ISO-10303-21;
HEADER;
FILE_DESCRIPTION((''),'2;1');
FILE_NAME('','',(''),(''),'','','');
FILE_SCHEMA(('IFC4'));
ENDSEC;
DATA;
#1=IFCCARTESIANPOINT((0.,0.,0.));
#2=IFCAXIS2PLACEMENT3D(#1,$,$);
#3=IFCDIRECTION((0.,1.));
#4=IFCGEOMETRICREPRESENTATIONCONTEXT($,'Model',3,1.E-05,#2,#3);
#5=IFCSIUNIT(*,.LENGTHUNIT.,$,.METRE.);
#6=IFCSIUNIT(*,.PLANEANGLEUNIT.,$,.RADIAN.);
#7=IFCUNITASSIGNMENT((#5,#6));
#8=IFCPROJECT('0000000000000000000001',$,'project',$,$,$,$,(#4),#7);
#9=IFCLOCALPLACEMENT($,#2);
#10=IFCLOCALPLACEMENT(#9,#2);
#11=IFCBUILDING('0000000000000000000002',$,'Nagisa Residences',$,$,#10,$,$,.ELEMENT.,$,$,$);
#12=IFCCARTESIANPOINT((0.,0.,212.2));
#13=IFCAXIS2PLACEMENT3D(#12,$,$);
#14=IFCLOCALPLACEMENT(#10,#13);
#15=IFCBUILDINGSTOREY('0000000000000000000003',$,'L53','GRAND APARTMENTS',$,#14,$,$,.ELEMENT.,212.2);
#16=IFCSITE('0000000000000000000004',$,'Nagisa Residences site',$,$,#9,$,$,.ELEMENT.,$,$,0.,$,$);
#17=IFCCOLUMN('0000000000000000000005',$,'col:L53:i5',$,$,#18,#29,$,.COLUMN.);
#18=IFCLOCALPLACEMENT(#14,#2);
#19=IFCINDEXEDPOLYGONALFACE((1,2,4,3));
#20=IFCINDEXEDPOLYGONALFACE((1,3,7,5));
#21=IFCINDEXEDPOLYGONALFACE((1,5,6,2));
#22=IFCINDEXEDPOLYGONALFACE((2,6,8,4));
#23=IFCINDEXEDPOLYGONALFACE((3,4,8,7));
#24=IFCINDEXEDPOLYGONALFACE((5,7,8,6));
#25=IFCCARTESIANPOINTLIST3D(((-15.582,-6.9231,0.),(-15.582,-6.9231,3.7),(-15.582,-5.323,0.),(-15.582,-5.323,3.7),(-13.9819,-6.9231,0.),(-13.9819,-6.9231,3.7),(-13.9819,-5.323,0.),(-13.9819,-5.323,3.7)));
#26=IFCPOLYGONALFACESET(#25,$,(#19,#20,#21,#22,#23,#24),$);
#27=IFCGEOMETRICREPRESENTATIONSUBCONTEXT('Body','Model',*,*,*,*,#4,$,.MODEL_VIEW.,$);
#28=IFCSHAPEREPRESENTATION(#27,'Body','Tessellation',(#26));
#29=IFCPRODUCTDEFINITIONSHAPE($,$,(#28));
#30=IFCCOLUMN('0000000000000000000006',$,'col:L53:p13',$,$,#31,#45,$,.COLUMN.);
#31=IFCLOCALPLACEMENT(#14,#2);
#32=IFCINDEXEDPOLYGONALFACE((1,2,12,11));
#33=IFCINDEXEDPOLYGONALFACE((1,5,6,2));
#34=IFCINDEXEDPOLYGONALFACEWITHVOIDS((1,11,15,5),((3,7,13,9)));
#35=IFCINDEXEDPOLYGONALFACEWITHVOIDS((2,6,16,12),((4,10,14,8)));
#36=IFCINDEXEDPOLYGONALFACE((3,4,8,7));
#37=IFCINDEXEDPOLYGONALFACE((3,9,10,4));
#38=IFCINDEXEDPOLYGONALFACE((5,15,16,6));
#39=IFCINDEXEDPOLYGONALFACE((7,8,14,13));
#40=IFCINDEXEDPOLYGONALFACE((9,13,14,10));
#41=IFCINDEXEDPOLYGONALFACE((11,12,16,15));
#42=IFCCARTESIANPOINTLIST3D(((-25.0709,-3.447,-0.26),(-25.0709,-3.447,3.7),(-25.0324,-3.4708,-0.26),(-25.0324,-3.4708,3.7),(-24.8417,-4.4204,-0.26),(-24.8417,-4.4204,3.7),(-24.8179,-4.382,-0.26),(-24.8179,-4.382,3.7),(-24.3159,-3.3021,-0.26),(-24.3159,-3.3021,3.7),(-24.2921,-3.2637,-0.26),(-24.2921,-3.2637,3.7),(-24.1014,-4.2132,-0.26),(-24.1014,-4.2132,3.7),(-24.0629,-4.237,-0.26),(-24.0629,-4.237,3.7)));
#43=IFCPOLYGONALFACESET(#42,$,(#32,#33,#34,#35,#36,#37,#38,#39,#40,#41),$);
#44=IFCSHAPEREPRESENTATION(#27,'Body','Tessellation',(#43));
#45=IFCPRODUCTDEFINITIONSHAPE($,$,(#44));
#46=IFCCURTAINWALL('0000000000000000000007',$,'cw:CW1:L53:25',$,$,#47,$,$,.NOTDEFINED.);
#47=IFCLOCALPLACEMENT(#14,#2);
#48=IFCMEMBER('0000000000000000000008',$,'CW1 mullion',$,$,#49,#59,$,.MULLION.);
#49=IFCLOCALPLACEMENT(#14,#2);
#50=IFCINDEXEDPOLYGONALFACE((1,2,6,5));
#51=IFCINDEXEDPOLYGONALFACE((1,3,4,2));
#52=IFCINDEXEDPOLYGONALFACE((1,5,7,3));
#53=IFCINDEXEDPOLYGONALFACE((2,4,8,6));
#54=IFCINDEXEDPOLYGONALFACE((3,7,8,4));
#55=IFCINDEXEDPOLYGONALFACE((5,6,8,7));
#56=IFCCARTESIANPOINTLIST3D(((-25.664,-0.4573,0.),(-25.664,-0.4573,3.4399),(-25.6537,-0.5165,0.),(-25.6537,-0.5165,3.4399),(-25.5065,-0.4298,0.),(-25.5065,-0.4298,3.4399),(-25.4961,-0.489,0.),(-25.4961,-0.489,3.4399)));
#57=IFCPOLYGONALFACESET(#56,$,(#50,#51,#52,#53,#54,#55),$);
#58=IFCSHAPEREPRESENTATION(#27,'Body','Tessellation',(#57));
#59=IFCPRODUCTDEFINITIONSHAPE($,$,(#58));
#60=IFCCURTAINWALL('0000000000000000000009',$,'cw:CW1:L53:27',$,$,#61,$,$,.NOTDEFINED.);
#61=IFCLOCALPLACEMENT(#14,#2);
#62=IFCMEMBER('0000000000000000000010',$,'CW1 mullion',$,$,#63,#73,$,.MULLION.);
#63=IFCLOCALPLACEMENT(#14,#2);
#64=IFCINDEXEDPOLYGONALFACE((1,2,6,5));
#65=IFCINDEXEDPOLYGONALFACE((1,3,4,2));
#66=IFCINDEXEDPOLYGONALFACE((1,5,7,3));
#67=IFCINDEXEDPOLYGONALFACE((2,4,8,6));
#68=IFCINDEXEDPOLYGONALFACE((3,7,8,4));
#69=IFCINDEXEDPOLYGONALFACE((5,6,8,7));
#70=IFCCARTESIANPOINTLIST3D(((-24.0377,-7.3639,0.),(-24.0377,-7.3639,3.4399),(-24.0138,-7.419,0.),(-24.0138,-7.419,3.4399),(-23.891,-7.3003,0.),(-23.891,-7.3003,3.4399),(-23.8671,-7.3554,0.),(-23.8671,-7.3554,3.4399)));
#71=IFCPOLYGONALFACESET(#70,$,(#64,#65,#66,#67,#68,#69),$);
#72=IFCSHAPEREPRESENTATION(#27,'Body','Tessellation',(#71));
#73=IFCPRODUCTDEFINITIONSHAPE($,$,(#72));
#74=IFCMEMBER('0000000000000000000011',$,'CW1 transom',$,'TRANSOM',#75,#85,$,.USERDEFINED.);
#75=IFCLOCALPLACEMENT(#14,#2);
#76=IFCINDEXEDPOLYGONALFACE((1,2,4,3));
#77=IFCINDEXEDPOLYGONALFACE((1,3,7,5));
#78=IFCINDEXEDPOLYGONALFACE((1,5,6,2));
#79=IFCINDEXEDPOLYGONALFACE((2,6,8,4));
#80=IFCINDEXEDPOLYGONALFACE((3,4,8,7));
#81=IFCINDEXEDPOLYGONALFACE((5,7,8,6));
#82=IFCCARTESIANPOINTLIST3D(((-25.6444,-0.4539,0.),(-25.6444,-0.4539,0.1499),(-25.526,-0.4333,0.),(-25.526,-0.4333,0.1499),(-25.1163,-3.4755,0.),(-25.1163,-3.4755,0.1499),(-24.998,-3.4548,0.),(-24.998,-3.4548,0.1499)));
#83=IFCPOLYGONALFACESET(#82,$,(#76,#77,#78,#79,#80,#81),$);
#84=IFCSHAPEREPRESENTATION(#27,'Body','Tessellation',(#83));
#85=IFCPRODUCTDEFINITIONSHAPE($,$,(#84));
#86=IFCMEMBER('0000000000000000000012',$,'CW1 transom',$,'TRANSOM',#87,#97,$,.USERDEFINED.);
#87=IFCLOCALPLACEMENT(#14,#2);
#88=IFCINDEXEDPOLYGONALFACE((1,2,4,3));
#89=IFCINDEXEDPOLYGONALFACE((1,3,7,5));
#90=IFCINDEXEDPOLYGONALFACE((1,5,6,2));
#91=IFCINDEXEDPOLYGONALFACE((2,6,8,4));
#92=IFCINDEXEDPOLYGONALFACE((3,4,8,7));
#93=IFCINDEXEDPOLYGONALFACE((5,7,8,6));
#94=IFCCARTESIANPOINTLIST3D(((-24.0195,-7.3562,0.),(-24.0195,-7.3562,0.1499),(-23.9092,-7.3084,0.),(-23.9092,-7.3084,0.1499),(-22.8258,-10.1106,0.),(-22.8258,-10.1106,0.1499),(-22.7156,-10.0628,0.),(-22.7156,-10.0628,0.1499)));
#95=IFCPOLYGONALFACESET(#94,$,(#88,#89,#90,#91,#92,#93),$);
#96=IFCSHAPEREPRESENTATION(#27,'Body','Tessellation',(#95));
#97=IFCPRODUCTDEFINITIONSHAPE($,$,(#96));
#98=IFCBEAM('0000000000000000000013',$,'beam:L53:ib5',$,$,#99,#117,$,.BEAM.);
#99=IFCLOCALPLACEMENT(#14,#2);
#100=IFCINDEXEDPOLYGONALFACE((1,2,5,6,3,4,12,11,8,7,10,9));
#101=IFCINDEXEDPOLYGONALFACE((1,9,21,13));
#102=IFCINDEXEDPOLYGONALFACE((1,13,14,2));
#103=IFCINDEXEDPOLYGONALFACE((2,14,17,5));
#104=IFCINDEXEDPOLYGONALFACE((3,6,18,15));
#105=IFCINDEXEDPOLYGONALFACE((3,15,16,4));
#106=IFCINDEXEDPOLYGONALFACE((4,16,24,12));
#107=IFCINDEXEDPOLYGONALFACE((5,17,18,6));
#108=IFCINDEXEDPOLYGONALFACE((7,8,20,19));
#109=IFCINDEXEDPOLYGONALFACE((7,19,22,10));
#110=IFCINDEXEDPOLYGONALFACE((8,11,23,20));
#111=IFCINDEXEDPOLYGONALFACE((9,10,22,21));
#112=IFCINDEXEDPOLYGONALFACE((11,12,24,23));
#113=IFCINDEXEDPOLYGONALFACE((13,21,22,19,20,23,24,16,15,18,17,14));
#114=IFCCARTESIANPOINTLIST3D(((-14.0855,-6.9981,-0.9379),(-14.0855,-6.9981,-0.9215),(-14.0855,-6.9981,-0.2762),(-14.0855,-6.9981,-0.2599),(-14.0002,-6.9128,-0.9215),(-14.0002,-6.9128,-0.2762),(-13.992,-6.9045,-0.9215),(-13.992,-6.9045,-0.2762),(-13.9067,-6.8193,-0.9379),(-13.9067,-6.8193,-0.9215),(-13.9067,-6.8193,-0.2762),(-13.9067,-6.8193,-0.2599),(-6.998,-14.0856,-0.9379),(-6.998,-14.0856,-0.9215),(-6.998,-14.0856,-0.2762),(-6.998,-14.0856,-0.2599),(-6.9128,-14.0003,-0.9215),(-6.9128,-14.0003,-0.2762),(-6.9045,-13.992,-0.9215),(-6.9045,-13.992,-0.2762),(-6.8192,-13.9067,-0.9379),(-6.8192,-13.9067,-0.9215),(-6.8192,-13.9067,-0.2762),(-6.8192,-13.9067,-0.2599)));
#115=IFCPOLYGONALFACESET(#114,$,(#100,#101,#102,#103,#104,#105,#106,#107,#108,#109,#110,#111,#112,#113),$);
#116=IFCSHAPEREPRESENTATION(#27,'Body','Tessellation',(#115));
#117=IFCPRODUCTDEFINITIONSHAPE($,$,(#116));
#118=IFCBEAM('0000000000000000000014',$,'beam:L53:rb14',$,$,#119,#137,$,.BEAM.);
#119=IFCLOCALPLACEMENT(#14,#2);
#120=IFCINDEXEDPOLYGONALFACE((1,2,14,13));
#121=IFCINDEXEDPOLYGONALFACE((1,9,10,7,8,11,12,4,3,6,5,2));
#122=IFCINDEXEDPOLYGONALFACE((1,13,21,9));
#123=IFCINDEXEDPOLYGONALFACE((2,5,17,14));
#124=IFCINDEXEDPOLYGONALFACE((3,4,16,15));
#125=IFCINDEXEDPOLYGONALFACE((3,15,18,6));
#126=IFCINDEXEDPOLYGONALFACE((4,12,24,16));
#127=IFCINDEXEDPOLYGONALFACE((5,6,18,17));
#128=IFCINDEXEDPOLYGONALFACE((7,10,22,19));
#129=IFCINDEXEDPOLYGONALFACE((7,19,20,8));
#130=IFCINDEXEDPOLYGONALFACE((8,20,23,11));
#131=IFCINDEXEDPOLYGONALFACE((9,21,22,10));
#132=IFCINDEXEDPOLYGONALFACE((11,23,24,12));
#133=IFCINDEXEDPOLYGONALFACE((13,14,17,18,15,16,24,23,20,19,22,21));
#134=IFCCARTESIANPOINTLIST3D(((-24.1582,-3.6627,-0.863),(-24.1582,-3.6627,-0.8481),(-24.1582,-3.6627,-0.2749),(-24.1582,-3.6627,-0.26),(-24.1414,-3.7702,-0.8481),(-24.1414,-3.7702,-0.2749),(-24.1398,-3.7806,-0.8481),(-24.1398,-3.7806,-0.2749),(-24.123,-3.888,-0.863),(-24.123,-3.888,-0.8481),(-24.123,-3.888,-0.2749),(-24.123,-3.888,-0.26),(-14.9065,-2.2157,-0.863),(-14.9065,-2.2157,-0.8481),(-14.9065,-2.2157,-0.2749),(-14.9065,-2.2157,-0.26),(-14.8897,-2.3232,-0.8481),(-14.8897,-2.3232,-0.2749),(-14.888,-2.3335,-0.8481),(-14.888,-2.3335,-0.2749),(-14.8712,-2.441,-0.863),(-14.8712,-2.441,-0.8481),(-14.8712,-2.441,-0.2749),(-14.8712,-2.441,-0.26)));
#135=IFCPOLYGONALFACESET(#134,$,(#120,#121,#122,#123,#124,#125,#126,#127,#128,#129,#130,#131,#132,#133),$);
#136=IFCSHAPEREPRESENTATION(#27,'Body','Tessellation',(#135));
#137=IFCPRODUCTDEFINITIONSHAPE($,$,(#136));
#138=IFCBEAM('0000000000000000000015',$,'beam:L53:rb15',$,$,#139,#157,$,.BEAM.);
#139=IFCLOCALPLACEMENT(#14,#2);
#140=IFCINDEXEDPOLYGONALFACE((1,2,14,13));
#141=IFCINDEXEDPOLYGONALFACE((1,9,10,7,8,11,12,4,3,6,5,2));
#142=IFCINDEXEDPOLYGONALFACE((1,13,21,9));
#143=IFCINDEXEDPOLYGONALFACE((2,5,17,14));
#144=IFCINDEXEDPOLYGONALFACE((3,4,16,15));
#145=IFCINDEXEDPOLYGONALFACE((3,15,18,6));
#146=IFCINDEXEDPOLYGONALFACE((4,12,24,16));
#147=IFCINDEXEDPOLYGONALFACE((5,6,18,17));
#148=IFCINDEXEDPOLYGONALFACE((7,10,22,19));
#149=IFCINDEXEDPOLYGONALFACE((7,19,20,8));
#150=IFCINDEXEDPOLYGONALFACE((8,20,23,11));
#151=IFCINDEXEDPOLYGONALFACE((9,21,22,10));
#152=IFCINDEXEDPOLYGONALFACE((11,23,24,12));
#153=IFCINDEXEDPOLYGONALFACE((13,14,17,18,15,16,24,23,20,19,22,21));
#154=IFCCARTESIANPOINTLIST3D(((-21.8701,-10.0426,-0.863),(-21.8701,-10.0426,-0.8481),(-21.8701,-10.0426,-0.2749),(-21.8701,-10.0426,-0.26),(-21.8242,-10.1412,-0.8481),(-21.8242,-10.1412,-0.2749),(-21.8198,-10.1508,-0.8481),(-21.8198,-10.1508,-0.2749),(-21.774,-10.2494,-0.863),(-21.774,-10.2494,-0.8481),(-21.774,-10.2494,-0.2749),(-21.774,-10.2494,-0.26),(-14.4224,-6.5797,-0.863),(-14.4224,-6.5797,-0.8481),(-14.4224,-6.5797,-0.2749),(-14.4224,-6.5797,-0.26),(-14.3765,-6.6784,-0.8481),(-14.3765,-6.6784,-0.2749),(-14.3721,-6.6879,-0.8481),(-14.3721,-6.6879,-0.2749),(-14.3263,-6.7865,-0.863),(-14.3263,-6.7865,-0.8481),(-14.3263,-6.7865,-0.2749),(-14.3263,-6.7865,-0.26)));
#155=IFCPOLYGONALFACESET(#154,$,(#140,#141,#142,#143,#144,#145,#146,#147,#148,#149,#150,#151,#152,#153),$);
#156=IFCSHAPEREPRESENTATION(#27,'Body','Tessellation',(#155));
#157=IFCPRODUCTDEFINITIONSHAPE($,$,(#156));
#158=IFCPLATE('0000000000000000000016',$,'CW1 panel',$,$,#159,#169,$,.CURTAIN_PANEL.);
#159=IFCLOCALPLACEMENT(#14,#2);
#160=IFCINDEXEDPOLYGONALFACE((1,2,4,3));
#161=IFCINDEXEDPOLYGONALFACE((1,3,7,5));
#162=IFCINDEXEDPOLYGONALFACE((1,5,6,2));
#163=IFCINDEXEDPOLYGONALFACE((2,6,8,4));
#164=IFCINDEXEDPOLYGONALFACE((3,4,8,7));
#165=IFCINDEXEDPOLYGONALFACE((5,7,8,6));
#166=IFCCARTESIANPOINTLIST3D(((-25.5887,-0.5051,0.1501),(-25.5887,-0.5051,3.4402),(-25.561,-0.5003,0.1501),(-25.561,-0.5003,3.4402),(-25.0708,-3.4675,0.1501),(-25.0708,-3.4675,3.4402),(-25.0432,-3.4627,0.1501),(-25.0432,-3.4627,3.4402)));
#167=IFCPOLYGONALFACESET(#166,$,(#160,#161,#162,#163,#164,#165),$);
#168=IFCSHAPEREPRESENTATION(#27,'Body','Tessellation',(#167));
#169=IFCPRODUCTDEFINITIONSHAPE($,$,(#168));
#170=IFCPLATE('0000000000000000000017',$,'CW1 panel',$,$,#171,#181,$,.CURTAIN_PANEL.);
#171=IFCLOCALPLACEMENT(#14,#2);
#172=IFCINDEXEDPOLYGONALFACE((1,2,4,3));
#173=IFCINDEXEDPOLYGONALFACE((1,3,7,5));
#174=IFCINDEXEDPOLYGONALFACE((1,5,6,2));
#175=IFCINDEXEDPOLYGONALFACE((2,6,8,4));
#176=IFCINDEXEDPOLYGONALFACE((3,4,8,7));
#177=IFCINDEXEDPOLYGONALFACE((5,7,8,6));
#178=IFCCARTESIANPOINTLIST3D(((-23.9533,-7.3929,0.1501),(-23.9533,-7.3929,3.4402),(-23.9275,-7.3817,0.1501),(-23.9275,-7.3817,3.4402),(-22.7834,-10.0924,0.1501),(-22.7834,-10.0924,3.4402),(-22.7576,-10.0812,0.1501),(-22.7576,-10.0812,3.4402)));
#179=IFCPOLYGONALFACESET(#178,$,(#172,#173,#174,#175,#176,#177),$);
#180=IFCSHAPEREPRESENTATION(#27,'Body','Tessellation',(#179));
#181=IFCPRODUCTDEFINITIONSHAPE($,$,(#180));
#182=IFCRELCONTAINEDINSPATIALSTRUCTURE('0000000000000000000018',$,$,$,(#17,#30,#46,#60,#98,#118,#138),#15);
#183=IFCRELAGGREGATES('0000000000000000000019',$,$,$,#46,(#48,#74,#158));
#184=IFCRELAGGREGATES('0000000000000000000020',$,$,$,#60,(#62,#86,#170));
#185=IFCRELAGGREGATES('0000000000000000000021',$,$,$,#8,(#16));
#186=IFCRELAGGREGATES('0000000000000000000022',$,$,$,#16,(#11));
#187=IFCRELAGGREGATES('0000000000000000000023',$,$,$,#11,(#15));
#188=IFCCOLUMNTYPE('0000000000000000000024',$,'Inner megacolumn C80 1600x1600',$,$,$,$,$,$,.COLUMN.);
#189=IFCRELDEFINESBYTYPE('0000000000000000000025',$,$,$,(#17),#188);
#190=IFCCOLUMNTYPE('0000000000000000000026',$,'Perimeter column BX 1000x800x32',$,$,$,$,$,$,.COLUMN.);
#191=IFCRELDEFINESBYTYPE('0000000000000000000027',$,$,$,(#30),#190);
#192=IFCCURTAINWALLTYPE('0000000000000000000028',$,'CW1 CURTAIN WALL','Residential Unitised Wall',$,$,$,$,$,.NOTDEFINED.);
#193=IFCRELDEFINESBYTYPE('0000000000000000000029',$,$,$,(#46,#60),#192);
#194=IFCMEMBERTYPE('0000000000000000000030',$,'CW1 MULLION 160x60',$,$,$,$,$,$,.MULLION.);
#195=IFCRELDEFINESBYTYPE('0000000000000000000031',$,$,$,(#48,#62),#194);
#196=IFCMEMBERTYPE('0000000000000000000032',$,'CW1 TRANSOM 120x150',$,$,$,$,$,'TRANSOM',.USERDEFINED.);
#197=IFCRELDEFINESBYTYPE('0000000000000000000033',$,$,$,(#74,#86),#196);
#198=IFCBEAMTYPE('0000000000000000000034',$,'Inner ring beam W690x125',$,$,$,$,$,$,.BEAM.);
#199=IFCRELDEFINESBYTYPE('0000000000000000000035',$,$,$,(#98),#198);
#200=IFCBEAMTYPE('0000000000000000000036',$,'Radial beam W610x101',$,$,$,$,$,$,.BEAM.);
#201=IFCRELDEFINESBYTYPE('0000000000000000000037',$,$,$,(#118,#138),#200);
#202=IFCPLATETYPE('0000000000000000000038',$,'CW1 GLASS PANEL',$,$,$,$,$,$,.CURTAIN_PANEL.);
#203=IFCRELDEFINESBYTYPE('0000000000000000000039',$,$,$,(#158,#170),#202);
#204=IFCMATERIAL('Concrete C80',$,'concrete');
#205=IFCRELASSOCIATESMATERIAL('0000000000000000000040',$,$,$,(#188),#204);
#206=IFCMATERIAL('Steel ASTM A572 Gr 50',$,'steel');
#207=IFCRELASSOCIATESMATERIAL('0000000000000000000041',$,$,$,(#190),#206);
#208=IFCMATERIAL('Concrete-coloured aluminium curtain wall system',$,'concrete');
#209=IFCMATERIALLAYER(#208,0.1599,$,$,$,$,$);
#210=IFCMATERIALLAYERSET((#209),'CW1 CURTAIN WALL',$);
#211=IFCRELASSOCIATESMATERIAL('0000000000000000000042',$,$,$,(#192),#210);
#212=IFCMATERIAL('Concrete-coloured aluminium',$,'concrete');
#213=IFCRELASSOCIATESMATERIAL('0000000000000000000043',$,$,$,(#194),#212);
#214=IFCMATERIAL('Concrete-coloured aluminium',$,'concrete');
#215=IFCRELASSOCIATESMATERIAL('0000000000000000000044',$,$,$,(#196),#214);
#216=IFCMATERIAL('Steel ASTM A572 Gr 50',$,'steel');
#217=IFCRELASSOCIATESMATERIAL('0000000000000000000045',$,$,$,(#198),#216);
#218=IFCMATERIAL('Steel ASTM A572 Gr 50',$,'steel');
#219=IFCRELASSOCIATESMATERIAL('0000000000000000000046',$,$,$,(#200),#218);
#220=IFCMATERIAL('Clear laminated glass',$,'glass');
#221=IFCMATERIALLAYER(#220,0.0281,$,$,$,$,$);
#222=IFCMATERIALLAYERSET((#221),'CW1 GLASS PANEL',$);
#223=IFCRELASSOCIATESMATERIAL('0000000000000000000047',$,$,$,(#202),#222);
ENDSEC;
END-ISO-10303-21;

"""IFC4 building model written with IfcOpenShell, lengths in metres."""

from ifc_helpers import new_model, si_unit, direction, frame, origin, origin_2d, place, context, subcontext, project, spatial, rectangle, hollow_rectangle, i_section, extrude, material, layer, layer_set, material_profile, profile_set, type_object, element, aggregate, save


model = new_model("IFC4")

# Units and contexts
model_context = context("Model", 3, precision=1e-05, world=origin(), true_north=direction((0.0, 1.0)))
body_context = subcontext(model_context, "Body", "Model", "MODEL_VIEW")
ifc_project = project(units=[si_unit("LENGTHUNIT", "METRE"), si_unit("PLANEANGLEUNIT", "RADIAN")], contexts=[model_context])

# Site, building, storey
site_placement = place(None, origin())
site = spatial("IfcSite", under=ifc_project, at=site_placement, Name="Nagisa Residences site", CompositionType="ELEMENT", RefElevation=0.0)
building_placement = place(site_placement, origin())
building = spatial("IfcBuilding", under=site, at=building_placement, Name="Nagisa Residences", CompositionType="ELEMENT")
storey_placement = place(building_placement, frame((0.0, 0.0, 212.2)))
storey = spatial("IfcBuildingStorey", under=building, at=storey_placement, Name="L53", Description="GRAND APARTMENTS", CompositionType="ELEMENT", Elevation=212.2)

# Columns
ifc_material_1 = material(Name="Concrete C80", Category="concrete")
ifc_material_profile_1 = material_profile(ifc_material_1, rectangle(XDim=1.6001, YDim=1.6001, at=origin_2d()), Name="C80 1600x1600")
ifc_profile_set_1 = profile_set([ifc_material_profile_1], Name="Concrete C80")
column_type_1 = type_object("IfcColumnType", Name="Inner megacolumn C80 1600x1600", PredefinedType="COLUMN", material=ifc_profile_set_1)
column_1_placement = place(storey_placement, frame((-14.782, -6.123, 0.0), z_axis=(0.0, 0.0, 1.0), x_axis=(1.0, 0.0, 0.0)))
element("IfcColumn", 1, at=column_1_placement, inside=storey, type_object=column_type_1, Name="col:L53:i5", PredefinedType="COLUMN", context=body_context, shape_type="SweptSolid", body=[
    extrude(rectangle(XDim=1.6001, YDim=1.6001, at=origin_2d()), origin(), (0.0, 0.0, 1.0), 3.7),
])
ifc_material_2 = material(Name="Steel ASTM A572 Gr 50", Category="steel")
ifc_material_profile_2 = material_profile(ifc_material_2, hollow_rectangle(XDim=1.0, YDim=0.8, WallThickness=0.032, at=origin_2d()), Name="BX 1000x800x32")
ifc_profile_set_2 = profile_set([ifc_material_profile_2], Name="Steel ASTM A572 Gr 50")
column_type_2 = type_object("IfcColumnType", Name="Perimeter column BX 1000x800x32", PredefinedType="COLUMN", material=ifc_profile_set_2)
column_2_placement = place(storey_placement, frame((-24.5669, -3.842, -0.26), z_axis=(0.0, 0.0, 1.0), x_axis=(0.229202, -0.973379, 0.0)))
element("IfcColumn", 2, at=column_2_placement, inside=storey, type_object=column_type_2, Name="col:L53:p13", PredefinedType="COLUMN", context=body_context, shape_type="SweptSolid", body=[
    extrude(hollow_rectangle(XDim=1.0, YDim=0.8, WallThickness=0.032, at=origin_2d()), origin(), (0.0, 0.0, 1.0), 3.96),
])

# Curtain walls, members
ifc_material_3 = material(Name="Concrete-coloured aluminium curtain wall system", Category="concrete")
ifc_layer_1 = layer(ifc_material_3, 0.1599)
ifc_layer_set_1 = layer_set([ifc_layer_1], Name="CW1 CURTAIN WALL")
curtain_wall_type = type_object("IfcCurtainWallType", Name="CW1 CURTAIN WALL", Description="Residential Unitised Wall", PredefinedType="NOTDEFINED", material=ifc_layer_set_1)
curtain_wall_1_placement = place(storey_placement, origin())
curtain_wall_1 = element("IfcCurtainWall", 3, at=curtain_wall_1_placement, inside=storey, type_object=curtain_wall_type, Name="cw:CW1:L53:25", PredefinedType="NOTDEFINED")
ifc_material_4 = material(Name="Concrete-coloured aluminium", Category="concrete")
ifc_material_profile_3 = material_profile(ifc_material_4, rectangle(XDim=0.1599, YDim=0.0601, at=origin_2d()), Name="CW1 MULLION 160x60")
ifc_profile_set_3 = profile_set([ifc_material_profile_3], Name="Concrete-coloured aluminium")
member_type_1 = type_object("IfcMemberType", Name="CW1 MULLION 160x60", PredefinedType="MULLION", material=ifc_profile_set_3)
member_1_placement = place(storey_placement, frame((-25.5801, -0.4731, 0.0), z_axis=(0.0, 0.0, 1.0), x_axis=(0.985064, 0.172191, 0.0)))
member_1 = element("IfcMember", 4, at=member_1_placement, type_object=member_type_1, Name="CW1 mullion", PredefinedType="MULLION", context=body_context, shape_type="SweptSolid", body=[
    extrude(rectangle(XDim=0.1599, YDim=0.0601, at=origin_2d()), origin(), (0.0, 0.0, 1.0), 3.4399),
])
curtain_wall_2_placement = place(storey_placement, origin())
curtain_wall_2 = element("IfcCurtainWall", 5, at=curtain_wall_2_placement, inside=storey, type_object=curtain_wall_type, Name="cw:CW1:L53:27", PredefinedType="NOTDEFINED")
member_2_placement = place(storey_placement, frame((-23.9524, -7.3596, 0.0), z_axis=(0.0, 0.0, 1.0), x_axis=(0.917543, 0.397636, 0.0)))
member_2 = element("IfcMember", 6, at=member_2_placement, type_object=member_type_1, Name="CW1 mullion", PredefinedType="MULLION", context=body_context, shape_type="SweptSolid", body=[
    extrude(rectangle(XDim=0.1599, YDim=0.0601, at=origin_2d()), origin(), (0.0, 0.0, 1.0), 3.4399),
])

# Members
ifc_material_5 = material(Name="Concrete-coloured aluminium", Category="concrete")
ifc_material_profile_4 = material_profile(ifc_material_5, rectangle(XDim=0.1201, YDim=0.1499, at=origin_2d()), Name="CW1 TRANSOM 120x150")
ifc_profile_set_4 = profile_set([ifc_material_profile_4], Name="Concrete-coloured aluminium")
member_type_2 = type_object("IfcMemberType", Name="CW1 TRANSOM 120x150", ElementType="TRANSOM", PredefinedType="USERDEFINED", material=ifc_profile_set_4)
member_3_placement = place(storey_placement, frame((-25.5852, -0.4436, 0.075), z_axis=(0.172164, -0.985068, 0.0), x_axis=(0.985068, 0.172164, 0.0)))
member_3 = element("IfcMember", 7, at=member_3_placement, type_object=member_type_2, Name="CW1 transom", ObjectType="TRANSOM", PredefinedType="USERDEFINED", context=body_context, shape_type="SweptSolid", body=[
    extrude(rectangle(XDim=0.1201, YDim=0.1499, at=origin_2d()), origin(), (0.0, 0.0, 1.0), 3.0674),
])
member_4_placement = place(storey_placement, frame((-23.9644, -7.3323, 0.075), z_axis=(0.397617, -0.917552, 0.0), x_axis=(0.917552, 0.397617, 0.0)))
member_4 = element("IfcMember", 8, at=member_4_placement, type_object=member_type_2, Name="CW1 transom", ObjectType="TRANSOM", PredefinedType="USERDEFINED", context=body_context, shape_type="SweptSolid", body=[
    extrude(rectangle(XDim=0.1201, YDim=0.1499, at=origin_2d()), origin(), (0.0, 0.0, 1.0), 3.002),
])

# Beams
ifc_material_6 = material(Name="Steel ASTM A572 Gr 50", Category="steel")
ifc_material_profile_5 = material_profile(ifc_material_6, i_section(OverallWidth=0.2529, OverallDepth=0.678, WebThickness=0.0117, FlangeThickness=0.0164, at=origin_2d()), Name="W690x125")
ifc_profile_set_5 = profile_set([ifc_material_profile_5], Name="Steel ASTM A572 Gr 50")
beam_type_1 = type_object("IfcBeamType", Name="Inner ring beam W690x125", PredefinedType="BEAM", material=ifc_profile_set_5)
beam_1_placement = place(storey_placement, frame((-13.9961, -6.9087, -0.5989), z_axis=(0.707107, -0.707107, 0.0), x_axis=(0.707107, 0.707107, 0.0)))
element("IfcBeam", 9, at=beam_1_placement, inside=storey, type_object=beam_type_1, Name="beam:L53:ib5", PredefinedType="BEAM", context=body_context, shape_type="SweptSolid", body=[
    extrude(i_section(OverallWidth=0.2529, OverallDepth=0.678, WebThickness=0.0117, FlangeThickness=0.0164, at=origin_2d()), origin(), (0.0, 0.0, 1.0), 10.0232),
])
ifc_material_7 = material(Name="Steel ASTM A572 Gr 50", Category="steel")
ifc_material_profile_6 = material_profile(ifc_material_7, i_section(OverallWidth=0.228, OverallDepth=0.603, WebThickness=0.0105, FlangeThickness=0.0149, at=origin_2d()), Name="W610x101")
ifc_profile_set_6 = profile_set([ifc_material_profile_6], Name="Steel ASTM A572 Gr 50")
beam_type_2 = type_object("IfcBeamType", Name="Radial beam W610x101", PredefinedType="BEAM", material=ifc_profile_set_6)
beam_2_placement = place(storey_placement, frame((-24.1406, -3.7754, -0.5615), z_axis=(0.987989, 0.154527, 0.0), x_axis=(-0.154527, 0.987989, 0.0)))
element("IfcBeam", 10, at=beam_2_placement, inside=storey, type_object=beam_type_2, Name="beam:L53:rb14", PredefinedType="BEAM", context=body_context, shape_type="SweptSolid", body=[
    extrude(i_section(OverallWidth=0.228, OverallDepth=0.603, WebThickness=0.0105, FlangeThickness=0.0149, at=origin_2d()), origin(), (0.0, 0.0, 1.0), 9.3643),
])
beam_3_placement = place(storey_placement, frame((-21.822, -10.146, -0.5615), z_axis=(0.906776, 0.421613, 0.0), x_axis=(-0.421613, 0.906776, 0.0)))
element("IfcBeam", 11, at=beam_3_placement, inside=storey, type_object=beam_type_2, Name="beam:L53:rb15", PredefinedType="BEAM", context=body_context, shape_type="SweptSolid", body=[
    extrude(i_section(OverallWidth=0.228, OverallDepth=0.603, WebThickness=0.0105, FlangeThickness=0.0149, at=origin_2d()), origin(), (0.0, 0.0, 1.0), 8.2134),
])

# Plates
ifc_material_8 = material(Name="Clear laminated glass", Category="glass")
ifc_layer_2 = layer(ifc_material_8, 0.0281)
ifc_layer_set_2 = layer_set([ifc_layer_2], Name="CW1 GLASS PANEL")
plate_type = type_object("IfcPlateType", Name="CW1 GLASS PANEL", PredefinedType="CURTAIN_PANEL", material=ifc_layer_set_2)
plate_1_placement = place(storey_placement, frame((-25.3159, -1.9839, 0.1501), z_axis=(0.0, 0.0, 1.0), x_axis=(0.172191, -0.985064, 0.0)))
plate_1 = element("IfcPlate", 12, at=plate_1_placement, type_object=plate_type, Name="CW1 panel", PredefinedType="CURTAIN_PANEL", context=body_context, shape_type="SweptSolid", body=[
    extrude(rectangle(XDim=3.0073, YDim=0.0281, at=origin_2d()), origin(), (0.0, 0.0, 1.0), 3.29),
])
aggregate(curtain_wall_1, [member_1, member_3, plate_1])
plate_2_placement = place(storey_placement, frame((-23.3555, -8.7371, 0.1501), z_axis=(0.0, 0.0, 1.0), x_axis=(0.397636, -0.917543, 0.0)))
plate_2 = element("IfcPlate", 13, at=plate_2_placement, type_object=plate_type, Name="CW1 panel", PredefinedType="CURTAIN_PANEL", context=body_context, shape_type="SweptSolid", body=[
    extrude(rectangle(XDim=2.9421, YDim=0.0281, at=origin_2d()), origin(), (0.0, 0.0, 1.0), 3.29),
])
aggregate(curtain_wall_2, [member_2, member_4, plate_2])

save(model, "model.ifc")
